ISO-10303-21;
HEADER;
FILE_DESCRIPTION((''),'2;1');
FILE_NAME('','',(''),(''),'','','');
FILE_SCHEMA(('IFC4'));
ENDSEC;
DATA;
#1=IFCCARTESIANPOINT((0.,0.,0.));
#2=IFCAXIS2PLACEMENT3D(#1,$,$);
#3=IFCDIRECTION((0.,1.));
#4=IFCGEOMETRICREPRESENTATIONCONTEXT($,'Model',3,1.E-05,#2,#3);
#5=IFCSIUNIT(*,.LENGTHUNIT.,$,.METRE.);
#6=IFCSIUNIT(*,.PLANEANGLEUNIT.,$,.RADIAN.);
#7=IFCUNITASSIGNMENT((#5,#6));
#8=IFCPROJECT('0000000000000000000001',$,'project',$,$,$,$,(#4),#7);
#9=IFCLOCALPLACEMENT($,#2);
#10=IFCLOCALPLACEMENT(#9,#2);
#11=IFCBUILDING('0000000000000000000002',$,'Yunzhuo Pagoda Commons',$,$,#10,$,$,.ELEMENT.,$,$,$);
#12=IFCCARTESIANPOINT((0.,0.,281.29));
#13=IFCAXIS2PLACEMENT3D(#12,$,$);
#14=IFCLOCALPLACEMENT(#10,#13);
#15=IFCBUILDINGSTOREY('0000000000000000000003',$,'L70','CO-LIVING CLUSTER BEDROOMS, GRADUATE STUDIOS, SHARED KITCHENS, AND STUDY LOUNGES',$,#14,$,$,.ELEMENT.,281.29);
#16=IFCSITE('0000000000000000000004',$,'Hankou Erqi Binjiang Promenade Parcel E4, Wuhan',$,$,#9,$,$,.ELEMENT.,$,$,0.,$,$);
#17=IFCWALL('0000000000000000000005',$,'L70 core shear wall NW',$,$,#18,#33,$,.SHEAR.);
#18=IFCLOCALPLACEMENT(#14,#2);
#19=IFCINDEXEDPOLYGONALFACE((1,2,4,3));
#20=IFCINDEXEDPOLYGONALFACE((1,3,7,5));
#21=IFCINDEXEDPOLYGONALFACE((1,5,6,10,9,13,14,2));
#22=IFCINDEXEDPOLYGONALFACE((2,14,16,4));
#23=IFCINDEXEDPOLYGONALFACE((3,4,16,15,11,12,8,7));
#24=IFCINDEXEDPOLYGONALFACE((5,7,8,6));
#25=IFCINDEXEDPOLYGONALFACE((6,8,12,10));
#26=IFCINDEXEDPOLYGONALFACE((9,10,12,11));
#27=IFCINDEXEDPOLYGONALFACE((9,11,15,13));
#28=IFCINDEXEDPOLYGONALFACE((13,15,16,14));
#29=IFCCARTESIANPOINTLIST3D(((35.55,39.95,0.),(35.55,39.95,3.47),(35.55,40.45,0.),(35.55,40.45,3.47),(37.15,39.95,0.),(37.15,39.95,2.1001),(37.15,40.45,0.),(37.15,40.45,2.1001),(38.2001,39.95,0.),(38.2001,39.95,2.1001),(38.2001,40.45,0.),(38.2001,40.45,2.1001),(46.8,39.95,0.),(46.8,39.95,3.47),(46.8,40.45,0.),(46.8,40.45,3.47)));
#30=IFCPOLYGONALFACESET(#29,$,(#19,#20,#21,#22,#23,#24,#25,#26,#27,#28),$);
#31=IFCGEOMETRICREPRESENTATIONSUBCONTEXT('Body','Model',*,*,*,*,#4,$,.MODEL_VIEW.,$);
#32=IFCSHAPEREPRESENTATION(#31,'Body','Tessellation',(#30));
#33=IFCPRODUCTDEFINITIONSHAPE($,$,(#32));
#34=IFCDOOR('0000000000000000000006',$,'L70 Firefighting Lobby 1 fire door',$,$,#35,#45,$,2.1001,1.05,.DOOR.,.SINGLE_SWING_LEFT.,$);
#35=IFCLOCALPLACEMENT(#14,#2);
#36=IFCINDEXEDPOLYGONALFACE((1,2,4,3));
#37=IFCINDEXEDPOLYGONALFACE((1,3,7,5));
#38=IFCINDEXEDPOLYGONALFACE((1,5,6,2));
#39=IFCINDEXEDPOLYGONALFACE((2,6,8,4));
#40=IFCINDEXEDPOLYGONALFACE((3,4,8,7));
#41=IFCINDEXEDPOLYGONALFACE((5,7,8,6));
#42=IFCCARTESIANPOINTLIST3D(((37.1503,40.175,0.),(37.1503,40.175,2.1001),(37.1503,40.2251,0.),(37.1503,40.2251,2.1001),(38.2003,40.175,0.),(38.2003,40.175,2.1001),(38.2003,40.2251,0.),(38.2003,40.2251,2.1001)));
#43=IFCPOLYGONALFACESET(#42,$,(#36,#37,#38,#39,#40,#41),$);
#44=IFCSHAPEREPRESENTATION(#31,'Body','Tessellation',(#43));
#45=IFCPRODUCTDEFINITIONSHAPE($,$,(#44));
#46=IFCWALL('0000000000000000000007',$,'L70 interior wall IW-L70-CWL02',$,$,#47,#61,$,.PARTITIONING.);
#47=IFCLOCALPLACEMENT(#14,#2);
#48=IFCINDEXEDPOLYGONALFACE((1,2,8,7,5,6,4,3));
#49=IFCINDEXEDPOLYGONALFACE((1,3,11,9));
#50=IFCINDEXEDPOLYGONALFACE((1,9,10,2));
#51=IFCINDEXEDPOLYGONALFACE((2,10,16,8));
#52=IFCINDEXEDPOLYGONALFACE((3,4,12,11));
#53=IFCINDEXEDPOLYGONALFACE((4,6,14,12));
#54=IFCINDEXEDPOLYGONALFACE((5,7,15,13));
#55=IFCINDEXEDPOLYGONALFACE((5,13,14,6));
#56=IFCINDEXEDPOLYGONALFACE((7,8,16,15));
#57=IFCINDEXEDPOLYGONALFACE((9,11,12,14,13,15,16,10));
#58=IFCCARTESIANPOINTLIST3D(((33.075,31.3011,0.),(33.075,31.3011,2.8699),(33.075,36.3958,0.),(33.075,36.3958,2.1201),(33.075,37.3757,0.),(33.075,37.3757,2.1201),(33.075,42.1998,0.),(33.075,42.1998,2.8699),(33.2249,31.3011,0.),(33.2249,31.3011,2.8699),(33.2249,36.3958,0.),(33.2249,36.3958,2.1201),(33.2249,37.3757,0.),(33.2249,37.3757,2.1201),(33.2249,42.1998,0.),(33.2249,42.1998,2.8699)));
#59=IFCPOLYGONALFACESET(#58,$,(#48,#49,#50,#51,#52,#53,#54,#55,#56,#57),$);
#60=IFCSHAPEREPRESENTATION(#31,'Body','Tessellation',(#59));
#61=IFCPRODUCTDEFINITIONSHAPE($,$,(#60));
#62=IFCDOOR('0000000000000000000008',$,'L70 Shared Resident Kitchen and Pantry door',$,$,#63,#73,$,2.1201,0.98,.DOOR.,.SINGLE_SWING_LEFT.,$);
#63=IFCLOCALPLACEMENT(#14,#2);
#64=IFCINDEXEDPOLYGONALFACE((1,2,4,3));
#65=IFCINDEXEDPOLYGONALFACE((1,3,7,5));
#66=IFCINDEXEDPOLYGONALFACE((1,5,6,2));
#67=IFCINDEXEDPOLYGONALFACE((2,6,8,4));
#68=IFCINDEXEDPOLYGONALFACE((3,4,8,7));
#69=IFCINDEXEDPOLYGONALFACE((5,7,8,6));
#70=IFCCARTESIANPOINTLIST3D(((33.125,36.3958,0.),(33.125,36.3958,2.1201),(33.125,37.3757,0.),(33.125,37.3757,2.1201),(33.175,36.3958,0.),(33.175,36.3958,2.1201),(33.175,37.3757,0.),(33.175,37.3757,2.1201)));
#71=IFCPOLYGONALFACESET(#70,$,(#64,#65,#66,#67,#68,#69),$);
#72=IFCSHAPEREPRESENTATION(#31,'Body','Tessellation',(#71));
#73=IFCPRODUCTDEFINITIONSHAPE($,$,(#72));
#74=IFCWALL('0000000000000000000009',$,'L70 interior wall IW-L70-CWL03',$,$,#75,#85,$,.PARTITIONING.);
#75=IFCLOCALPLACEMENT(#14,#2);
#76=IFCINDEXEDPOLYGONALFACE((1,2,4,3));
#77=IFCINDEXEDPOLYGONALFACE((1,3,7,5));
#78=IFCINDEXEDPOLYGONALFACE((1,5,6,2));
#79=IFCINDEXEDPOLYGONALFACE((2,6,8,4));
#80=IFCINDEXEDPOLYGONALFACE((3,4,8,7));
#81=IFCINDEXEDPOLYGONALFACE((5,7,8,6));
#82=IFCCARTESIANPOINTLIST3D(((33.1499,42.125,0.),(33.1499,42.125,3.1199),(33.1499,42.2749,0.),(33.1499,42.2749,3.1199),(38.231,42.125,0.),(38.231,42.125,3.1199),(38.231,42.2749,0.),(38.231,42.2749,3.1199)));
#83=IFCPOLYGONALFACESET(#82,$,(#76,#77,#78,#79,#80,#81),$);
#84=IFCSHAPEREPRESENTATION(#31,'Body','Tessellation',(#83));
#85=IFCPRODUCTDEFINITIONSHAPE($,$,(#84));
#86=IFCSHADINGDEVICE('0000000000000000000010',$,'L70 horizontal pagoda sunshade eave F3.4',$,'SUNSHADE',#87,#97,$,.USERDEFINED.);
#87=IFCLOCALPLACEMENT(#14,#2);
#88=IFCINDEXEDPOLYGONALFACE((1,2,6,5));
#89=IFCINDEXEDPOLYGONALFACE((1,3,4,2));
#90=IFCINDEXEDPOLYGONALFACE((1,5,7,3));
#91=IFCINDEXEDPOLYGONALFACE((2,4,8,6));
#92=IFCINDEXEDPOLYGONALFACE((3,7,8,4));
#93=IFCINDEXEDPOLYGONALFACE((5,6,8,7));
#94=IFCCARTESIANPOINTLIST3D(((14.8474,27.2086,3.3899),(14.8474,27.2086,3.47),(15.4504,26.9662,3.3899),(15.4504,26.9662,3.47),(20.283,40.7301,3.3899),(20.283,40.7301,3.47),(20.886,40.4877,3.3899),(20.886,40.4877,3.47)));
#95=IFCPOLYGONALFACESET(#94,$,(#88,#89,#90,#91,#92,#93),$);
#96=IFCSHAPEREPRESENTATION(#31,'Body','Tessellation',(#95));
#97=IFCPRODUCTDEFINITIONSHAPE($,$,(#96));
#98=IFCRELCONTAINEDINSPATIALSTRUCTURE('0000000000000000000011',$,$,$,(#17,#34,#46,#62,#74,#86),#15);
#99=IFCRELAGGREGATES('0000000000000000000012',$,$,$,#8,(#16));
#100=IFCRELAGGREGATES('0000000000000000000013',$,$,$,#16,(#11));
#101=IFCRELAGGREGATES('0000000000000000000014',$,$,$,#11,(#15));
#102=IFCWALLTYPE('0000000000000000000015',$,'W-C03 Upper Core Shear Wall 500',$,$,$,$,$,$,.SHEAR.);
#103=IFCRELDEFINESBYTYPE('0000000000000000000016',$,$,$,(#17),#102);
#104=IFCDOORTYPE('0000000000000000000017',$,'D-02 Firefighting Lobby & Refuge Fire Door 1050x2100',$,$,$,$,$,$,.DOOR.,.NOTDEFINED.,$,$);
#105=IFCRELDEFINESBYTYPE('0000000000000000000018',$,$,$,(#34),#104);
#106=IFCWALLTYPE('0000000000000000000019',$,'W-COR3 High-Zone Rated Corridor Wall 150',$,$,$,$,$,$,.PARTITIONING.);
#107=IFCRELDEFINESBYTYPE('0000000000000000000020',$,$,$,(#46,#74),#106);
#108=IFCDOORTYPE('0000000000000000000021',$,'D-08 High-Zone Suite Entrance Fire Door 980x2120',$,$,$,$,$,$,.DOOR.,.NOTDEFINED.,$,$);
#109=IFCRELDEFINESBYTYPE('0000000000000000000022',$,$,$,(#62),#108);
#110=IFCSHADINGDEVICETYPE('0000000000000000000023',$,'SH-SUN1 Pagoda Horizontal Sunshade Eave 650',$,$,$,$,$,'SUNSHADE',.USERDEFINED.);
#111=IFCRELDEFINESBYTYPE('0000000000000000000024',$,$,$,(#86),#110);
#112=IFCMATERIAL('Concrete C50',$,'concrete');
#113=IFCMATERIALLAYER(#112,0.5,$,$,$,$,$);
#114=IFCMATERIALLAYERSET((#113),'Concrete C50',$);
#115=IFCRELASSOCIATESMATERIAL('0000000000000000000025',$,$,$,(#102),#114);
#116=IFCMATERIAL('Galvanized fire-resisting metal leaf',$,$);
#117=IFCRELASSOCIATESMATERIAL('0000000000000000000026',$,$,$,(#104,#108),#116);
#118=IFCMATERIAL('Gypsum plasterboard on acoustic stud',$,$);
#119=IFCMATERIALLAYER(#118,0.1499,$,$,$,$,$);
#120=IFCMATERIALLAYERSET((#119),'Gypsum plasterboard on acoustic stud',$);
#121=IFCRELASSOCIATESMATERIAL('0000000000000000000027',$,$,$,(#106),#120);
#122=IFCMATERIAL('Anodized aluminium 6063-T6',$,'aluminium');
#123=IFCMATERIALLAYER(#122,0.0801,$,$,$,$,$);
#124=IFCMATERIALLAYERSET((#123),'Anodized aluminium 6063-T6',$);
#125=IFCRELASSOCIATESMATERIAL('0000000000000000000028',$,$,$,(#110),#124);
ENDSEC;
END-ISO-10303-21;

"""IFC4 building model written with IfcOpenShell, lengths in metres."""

from ifc_helpers import new_model, si_unit, direction, frame, frame_2d, origin, origin_with_axes, origin_2d, place, context, subcontext, project, spatial, rectangle, extrude, source, transform, mapped, material, layer, layer_set, type_object, element, fill, save


model = new_model("IFC4")

# Units and contexts
model_context = context("Model", 3, precision=1e-05, world=origin(), true_north=direction((0.0, 1.0)))
body_context = subcontext(model_context, "Body", "Model", "MODEL_VIEW")
ifc_project = project(units=[si_unit("LENGTHUNIT", "METRE"), si_unit("PLANEANGLEUNIT", "RADIAN")], contexts=[model_context])

# Site, building, storey
site_placement = place(None, origin())
site = spatial("IfcSite", under=ifc_project, at=site_placement, Name="Hankou Erqi Binjiang Promenade Parcel E4, Wuhan", CompositionType="ELEMENT", RefElevation=0.0)
building_placement = place(site_placement, origin())
building = spatial("IfcBuilding", under=site, at=building_placement, Name="Yunzhuo Pagoda Commons", CompositionType="ELEMENT")
storey_placement = place(building_placement, frame((0.0, 0.0, 281.29)))
storey = spatial("IfcBuildingStorey", under=building, at=storey_placement, Name="L70", Description="CO-LIVING CLUSTER BEDROOMS, GRADUATE STUDIOS, SHARED KITCHENS, AND STUDY LOUNGES", CompositionType="ELEMENT", Elevation=281.29)

# Shared definitions
ifc_material_1 = material(Name="Anodized aluminium 6063-T6", Category="aluminium")

# Walls, openings, doors
ifc_material_2 = material(Name="Concrete C50", Category="concrete")
ifc_layer_1 = layer(ifc_material_2, 0.5)
ifc_layer_set_1 = layer_set([ifc_layer_1], Name="Concrete C50")
wall_type_1 = type_object("IfcWallType", Name="W-C03 Upper Core Shear Wall 500", PredefinedType="SHEAR", material=ifc_layer_set_1)
wall_1_placement = place(storey_placement, frame((35.55, 40.2, 0.0), z_axis=(0.0, 0.0, 1.0), x_axis=(1.0, 0.0, 0.0)))
wall_1 = element("IfcWall", 1, at=wall_1_placement, inside=storey, type_object=wall_type_1, Name="L70 core shear wall NW", PredefinedType="SHEAR", context=body_context, shape_type="SweptSolid", body=[
    extrude(rectangle(XDim=11.25, YDim=0.5, at=frame_2d((5.625, 0.0))), origin(), (0.0, 0.0, 1.0), 3.47),
])
opening_1_placement = place(wall_1_placement, frame((1.6001, 0.0, 0.0)))
opening_1 = element("IfcOpeningElement", 2, at=opening_1_placement, cuts=wall_1, PredefinedType="OPENING", context=body_context, shape_type="SweptSolid", body=[
    extrude(rectangle(XDim=1.05, YDim=2.1001, at=frame_2d((0.5249, 1.05))), frame((0.0, 0.26, 0.0), z_axis=(0.0, -1.0, 0.0), x_axis=(1.0, 0.0, 0.0)), (0.0, 0.0, 1.0), 0.52),
])
ifc_material_3 = material(Name="Galvanized fire-resisting metal leaf")
door_type_1 = type_object("IfcDoorType", Name="D-02 Firefighting Lobby & Refuge Fire Door 1050x2100", OperationType="NOTDEFINED", PredefinedType="DOOR", material=ifc_material_3)
shared_shape_1 = source(origin(), body_context, "Body", "SweptSolid", [
    extrude(rectangle(XDim=1.05, YDim=2.1001, at=frame_2d((0.5249, 1.05))), frame((0.0, 0.0249, 0.0), z_axis=(0.0, -1.0, 0.0), x_axis=(1.0, 0.0, 0.0)), (0.0, 0.0, 1.0), 0.05),
])
door_1_placement = place(opening_1_placement, frame((1.05, 0.0, 0.0), z_axis=(0.0, 0.0, 1.0), x_axis=(-1.0, 0.0, 0.0)))
door_1 = element("IfcDoor", 3, at=door_1_placement, inside=storey, type_object=door_type_1, Name="L70 Firefighting Lobby 1 fire door", OperationType="SINGLE_SWING_LEFT", OverallHeight=2.1001, OverallWidth=1.05, PredefinedType="DOOR", context=body_context, shape_type="MappedRepresentation", body=[
    mapped(shared_shape_1, transform((0.0, 0.0, 0.0), scale=1.0)),
])
fill(opening_1, door_1)
ifc_material_4 = material(Name="Gypsum plasterboard on acoustic stud")
ifc_layer_2 = layer(ifc_material_4, 0.1499)
ifc_layer_set_2 = layer_set([ifc_layer_2], Name="Gypsum plasterboard on acoustic stud")
wall_type_2 = type_object("IfcWallType", Name="W-COR3 High-Zone Rated Corridor Wall 150", PredefinedType="PARTITIONING", material=ifc_layer_set_2)
wall_2_placement = place(storey_placement, frame((33.1499, 31.3013, 0.0), z_axis=(0.0, 0.0, 1.0), x_axis=(0.0, 1.0, 0.0)))
wall_2 = element("IfcWall", 4, at=wall_2_placement, inside=storey, type_object=wall_type_2, Name="L70 interior wall IW-L70-CWL02", PredefinedType="PARTITIONING", context=body_context, shape_type="SweptSolid", body=[
    extrude(rectangle(XDim=10.8987, YDim=0.1499, at=frame_2d((5.4492, 0.0))), origin(), (0.0, 0.0, 1.0), 2.8699),
])
opening_2_placement = place(wall_2_placement, frame((5.0945, 0.0, 0.0)))
opening_2 = element("IfcOpeningElement", 5, at=opening_2_placement, cuts=wall_2, PredefinedType="OPENING", context=body_context, shape_type="SweptSolid", body=[
    extrude(rectangle(XDim=0.98, YDim=2.1201, at=frame_2d((0.49, 1.0601))), frame((0.0, 0.085, 0.0), z_axis=(0.0, -1.0, 0.0), x_axis=(1.0, 0.0, 0.0)), (0.0, 0.0, 1.0), 0.1699),
])
door_type_2 = type_object("IfcDoorType", Name="D-08 High-Zone Suite Entrance Fire Door 980x2120", OperationType="NOTDEFINED", PredefinedType="DOOR", material=ifc_material_3)
shared_shape_2 = source(origin(), body_context, "Body", "SweptSolid", [
    extrude(rectangle(XDim=0.98, YDim=2.1201, at=frame_2d((0.49, 1.0601))), frame((0.0, 0.0249, 0.0), z_axis=(0.0, -1.0, 0.0), x_axis=(1.0, 0.0, 0.0)), (0.0, 0.0, 1.0), 0.05),
])
door_2_placement = place(opening_2_placement, origin_with_axes())
door_2 = element("IfcDoor", 6, at=door_2_placement, inside=storey, type_object=door_type_2, Name="L70 Shared Resident Kitchen and Pantry door", OperationType="SINGLE_SWING_LEFT", OverallHeight=2.1201, OverallWidth=0.98, PredefinedType="DOOR", context=body_context, shape_type="MappedRepresentation", body=[
    mapped(shared_shape_2, transform((0.0, 0.0, 0.0), scale=1.0)),
])
fill(opening_2, door_2)

# Wall
wall_3_placement = place(storey_placement, frame((33.1499, 42.2, 0.0), z_axis=(0.0, 0.0, 1.0), x_axis=(1.0, 0.0, 0.0)))
element("IfcWall", 7, at=wall_3_placement, inside=storey, type_object=wall_type_2, Name="L70 interior wall IW-L70-CWL03", PredefinedType="PARTITIONING", context=body_context, shape_type="SweptSolid", body=[
    extrude(rectangle(XDim=5.0811, YDim=0.1499, at=frame_2d((2.5405, 0.0))), origin(), (0.0, 0.0, 1.0), 3.1199),
])

# Shading device
ifc_layer_3 = layer(ifc_material_1, 0.0801)
ifc_layer_set_3 = layer_set([ifc_layer_3], Name="Anodized aluminium 6063-T6")
shading_device_type = type_object("IfcShadingDeviceType", Name="SH-SUN1 Pagoda Horizontal Sunshade Eave 650", ElementType="SUNSHADE", PredefinedType="USERDEFINED", material=ifc_layer_set_3)
shared_shape_3 = source(origin(), body_context, "Body", "SweptSolid", [
    extrude(rectangle(XDim=14.5732, YDim=0.6499, at=origin_2d()), origin(), (0.0, 0.0, 1.0), 0.0801),
])
shading_device_placement = place(storey_placement, frame((17.8667, 33.8481, 3.3899), z_axis=(0.0, 0.0, 1.0), x_axis=(-0.372988, -0.927836, 0.0)))
element("IfcShadingDevice", 8, at=shading_device_placement, inside=storey, type_object=shading_device_type, Name="L70 horizontal pagoda sunshade eave F3.4", ObjectType="SUNSHADE", PredefinedType="USERDEFINED", context=body_context, shape_type="MappedRepresentation", body=[
    mapped(shared_shape_3, transform((0.0, 0.0, 0.0), scale=1.0)),
])

save(model, "model.ifc")
